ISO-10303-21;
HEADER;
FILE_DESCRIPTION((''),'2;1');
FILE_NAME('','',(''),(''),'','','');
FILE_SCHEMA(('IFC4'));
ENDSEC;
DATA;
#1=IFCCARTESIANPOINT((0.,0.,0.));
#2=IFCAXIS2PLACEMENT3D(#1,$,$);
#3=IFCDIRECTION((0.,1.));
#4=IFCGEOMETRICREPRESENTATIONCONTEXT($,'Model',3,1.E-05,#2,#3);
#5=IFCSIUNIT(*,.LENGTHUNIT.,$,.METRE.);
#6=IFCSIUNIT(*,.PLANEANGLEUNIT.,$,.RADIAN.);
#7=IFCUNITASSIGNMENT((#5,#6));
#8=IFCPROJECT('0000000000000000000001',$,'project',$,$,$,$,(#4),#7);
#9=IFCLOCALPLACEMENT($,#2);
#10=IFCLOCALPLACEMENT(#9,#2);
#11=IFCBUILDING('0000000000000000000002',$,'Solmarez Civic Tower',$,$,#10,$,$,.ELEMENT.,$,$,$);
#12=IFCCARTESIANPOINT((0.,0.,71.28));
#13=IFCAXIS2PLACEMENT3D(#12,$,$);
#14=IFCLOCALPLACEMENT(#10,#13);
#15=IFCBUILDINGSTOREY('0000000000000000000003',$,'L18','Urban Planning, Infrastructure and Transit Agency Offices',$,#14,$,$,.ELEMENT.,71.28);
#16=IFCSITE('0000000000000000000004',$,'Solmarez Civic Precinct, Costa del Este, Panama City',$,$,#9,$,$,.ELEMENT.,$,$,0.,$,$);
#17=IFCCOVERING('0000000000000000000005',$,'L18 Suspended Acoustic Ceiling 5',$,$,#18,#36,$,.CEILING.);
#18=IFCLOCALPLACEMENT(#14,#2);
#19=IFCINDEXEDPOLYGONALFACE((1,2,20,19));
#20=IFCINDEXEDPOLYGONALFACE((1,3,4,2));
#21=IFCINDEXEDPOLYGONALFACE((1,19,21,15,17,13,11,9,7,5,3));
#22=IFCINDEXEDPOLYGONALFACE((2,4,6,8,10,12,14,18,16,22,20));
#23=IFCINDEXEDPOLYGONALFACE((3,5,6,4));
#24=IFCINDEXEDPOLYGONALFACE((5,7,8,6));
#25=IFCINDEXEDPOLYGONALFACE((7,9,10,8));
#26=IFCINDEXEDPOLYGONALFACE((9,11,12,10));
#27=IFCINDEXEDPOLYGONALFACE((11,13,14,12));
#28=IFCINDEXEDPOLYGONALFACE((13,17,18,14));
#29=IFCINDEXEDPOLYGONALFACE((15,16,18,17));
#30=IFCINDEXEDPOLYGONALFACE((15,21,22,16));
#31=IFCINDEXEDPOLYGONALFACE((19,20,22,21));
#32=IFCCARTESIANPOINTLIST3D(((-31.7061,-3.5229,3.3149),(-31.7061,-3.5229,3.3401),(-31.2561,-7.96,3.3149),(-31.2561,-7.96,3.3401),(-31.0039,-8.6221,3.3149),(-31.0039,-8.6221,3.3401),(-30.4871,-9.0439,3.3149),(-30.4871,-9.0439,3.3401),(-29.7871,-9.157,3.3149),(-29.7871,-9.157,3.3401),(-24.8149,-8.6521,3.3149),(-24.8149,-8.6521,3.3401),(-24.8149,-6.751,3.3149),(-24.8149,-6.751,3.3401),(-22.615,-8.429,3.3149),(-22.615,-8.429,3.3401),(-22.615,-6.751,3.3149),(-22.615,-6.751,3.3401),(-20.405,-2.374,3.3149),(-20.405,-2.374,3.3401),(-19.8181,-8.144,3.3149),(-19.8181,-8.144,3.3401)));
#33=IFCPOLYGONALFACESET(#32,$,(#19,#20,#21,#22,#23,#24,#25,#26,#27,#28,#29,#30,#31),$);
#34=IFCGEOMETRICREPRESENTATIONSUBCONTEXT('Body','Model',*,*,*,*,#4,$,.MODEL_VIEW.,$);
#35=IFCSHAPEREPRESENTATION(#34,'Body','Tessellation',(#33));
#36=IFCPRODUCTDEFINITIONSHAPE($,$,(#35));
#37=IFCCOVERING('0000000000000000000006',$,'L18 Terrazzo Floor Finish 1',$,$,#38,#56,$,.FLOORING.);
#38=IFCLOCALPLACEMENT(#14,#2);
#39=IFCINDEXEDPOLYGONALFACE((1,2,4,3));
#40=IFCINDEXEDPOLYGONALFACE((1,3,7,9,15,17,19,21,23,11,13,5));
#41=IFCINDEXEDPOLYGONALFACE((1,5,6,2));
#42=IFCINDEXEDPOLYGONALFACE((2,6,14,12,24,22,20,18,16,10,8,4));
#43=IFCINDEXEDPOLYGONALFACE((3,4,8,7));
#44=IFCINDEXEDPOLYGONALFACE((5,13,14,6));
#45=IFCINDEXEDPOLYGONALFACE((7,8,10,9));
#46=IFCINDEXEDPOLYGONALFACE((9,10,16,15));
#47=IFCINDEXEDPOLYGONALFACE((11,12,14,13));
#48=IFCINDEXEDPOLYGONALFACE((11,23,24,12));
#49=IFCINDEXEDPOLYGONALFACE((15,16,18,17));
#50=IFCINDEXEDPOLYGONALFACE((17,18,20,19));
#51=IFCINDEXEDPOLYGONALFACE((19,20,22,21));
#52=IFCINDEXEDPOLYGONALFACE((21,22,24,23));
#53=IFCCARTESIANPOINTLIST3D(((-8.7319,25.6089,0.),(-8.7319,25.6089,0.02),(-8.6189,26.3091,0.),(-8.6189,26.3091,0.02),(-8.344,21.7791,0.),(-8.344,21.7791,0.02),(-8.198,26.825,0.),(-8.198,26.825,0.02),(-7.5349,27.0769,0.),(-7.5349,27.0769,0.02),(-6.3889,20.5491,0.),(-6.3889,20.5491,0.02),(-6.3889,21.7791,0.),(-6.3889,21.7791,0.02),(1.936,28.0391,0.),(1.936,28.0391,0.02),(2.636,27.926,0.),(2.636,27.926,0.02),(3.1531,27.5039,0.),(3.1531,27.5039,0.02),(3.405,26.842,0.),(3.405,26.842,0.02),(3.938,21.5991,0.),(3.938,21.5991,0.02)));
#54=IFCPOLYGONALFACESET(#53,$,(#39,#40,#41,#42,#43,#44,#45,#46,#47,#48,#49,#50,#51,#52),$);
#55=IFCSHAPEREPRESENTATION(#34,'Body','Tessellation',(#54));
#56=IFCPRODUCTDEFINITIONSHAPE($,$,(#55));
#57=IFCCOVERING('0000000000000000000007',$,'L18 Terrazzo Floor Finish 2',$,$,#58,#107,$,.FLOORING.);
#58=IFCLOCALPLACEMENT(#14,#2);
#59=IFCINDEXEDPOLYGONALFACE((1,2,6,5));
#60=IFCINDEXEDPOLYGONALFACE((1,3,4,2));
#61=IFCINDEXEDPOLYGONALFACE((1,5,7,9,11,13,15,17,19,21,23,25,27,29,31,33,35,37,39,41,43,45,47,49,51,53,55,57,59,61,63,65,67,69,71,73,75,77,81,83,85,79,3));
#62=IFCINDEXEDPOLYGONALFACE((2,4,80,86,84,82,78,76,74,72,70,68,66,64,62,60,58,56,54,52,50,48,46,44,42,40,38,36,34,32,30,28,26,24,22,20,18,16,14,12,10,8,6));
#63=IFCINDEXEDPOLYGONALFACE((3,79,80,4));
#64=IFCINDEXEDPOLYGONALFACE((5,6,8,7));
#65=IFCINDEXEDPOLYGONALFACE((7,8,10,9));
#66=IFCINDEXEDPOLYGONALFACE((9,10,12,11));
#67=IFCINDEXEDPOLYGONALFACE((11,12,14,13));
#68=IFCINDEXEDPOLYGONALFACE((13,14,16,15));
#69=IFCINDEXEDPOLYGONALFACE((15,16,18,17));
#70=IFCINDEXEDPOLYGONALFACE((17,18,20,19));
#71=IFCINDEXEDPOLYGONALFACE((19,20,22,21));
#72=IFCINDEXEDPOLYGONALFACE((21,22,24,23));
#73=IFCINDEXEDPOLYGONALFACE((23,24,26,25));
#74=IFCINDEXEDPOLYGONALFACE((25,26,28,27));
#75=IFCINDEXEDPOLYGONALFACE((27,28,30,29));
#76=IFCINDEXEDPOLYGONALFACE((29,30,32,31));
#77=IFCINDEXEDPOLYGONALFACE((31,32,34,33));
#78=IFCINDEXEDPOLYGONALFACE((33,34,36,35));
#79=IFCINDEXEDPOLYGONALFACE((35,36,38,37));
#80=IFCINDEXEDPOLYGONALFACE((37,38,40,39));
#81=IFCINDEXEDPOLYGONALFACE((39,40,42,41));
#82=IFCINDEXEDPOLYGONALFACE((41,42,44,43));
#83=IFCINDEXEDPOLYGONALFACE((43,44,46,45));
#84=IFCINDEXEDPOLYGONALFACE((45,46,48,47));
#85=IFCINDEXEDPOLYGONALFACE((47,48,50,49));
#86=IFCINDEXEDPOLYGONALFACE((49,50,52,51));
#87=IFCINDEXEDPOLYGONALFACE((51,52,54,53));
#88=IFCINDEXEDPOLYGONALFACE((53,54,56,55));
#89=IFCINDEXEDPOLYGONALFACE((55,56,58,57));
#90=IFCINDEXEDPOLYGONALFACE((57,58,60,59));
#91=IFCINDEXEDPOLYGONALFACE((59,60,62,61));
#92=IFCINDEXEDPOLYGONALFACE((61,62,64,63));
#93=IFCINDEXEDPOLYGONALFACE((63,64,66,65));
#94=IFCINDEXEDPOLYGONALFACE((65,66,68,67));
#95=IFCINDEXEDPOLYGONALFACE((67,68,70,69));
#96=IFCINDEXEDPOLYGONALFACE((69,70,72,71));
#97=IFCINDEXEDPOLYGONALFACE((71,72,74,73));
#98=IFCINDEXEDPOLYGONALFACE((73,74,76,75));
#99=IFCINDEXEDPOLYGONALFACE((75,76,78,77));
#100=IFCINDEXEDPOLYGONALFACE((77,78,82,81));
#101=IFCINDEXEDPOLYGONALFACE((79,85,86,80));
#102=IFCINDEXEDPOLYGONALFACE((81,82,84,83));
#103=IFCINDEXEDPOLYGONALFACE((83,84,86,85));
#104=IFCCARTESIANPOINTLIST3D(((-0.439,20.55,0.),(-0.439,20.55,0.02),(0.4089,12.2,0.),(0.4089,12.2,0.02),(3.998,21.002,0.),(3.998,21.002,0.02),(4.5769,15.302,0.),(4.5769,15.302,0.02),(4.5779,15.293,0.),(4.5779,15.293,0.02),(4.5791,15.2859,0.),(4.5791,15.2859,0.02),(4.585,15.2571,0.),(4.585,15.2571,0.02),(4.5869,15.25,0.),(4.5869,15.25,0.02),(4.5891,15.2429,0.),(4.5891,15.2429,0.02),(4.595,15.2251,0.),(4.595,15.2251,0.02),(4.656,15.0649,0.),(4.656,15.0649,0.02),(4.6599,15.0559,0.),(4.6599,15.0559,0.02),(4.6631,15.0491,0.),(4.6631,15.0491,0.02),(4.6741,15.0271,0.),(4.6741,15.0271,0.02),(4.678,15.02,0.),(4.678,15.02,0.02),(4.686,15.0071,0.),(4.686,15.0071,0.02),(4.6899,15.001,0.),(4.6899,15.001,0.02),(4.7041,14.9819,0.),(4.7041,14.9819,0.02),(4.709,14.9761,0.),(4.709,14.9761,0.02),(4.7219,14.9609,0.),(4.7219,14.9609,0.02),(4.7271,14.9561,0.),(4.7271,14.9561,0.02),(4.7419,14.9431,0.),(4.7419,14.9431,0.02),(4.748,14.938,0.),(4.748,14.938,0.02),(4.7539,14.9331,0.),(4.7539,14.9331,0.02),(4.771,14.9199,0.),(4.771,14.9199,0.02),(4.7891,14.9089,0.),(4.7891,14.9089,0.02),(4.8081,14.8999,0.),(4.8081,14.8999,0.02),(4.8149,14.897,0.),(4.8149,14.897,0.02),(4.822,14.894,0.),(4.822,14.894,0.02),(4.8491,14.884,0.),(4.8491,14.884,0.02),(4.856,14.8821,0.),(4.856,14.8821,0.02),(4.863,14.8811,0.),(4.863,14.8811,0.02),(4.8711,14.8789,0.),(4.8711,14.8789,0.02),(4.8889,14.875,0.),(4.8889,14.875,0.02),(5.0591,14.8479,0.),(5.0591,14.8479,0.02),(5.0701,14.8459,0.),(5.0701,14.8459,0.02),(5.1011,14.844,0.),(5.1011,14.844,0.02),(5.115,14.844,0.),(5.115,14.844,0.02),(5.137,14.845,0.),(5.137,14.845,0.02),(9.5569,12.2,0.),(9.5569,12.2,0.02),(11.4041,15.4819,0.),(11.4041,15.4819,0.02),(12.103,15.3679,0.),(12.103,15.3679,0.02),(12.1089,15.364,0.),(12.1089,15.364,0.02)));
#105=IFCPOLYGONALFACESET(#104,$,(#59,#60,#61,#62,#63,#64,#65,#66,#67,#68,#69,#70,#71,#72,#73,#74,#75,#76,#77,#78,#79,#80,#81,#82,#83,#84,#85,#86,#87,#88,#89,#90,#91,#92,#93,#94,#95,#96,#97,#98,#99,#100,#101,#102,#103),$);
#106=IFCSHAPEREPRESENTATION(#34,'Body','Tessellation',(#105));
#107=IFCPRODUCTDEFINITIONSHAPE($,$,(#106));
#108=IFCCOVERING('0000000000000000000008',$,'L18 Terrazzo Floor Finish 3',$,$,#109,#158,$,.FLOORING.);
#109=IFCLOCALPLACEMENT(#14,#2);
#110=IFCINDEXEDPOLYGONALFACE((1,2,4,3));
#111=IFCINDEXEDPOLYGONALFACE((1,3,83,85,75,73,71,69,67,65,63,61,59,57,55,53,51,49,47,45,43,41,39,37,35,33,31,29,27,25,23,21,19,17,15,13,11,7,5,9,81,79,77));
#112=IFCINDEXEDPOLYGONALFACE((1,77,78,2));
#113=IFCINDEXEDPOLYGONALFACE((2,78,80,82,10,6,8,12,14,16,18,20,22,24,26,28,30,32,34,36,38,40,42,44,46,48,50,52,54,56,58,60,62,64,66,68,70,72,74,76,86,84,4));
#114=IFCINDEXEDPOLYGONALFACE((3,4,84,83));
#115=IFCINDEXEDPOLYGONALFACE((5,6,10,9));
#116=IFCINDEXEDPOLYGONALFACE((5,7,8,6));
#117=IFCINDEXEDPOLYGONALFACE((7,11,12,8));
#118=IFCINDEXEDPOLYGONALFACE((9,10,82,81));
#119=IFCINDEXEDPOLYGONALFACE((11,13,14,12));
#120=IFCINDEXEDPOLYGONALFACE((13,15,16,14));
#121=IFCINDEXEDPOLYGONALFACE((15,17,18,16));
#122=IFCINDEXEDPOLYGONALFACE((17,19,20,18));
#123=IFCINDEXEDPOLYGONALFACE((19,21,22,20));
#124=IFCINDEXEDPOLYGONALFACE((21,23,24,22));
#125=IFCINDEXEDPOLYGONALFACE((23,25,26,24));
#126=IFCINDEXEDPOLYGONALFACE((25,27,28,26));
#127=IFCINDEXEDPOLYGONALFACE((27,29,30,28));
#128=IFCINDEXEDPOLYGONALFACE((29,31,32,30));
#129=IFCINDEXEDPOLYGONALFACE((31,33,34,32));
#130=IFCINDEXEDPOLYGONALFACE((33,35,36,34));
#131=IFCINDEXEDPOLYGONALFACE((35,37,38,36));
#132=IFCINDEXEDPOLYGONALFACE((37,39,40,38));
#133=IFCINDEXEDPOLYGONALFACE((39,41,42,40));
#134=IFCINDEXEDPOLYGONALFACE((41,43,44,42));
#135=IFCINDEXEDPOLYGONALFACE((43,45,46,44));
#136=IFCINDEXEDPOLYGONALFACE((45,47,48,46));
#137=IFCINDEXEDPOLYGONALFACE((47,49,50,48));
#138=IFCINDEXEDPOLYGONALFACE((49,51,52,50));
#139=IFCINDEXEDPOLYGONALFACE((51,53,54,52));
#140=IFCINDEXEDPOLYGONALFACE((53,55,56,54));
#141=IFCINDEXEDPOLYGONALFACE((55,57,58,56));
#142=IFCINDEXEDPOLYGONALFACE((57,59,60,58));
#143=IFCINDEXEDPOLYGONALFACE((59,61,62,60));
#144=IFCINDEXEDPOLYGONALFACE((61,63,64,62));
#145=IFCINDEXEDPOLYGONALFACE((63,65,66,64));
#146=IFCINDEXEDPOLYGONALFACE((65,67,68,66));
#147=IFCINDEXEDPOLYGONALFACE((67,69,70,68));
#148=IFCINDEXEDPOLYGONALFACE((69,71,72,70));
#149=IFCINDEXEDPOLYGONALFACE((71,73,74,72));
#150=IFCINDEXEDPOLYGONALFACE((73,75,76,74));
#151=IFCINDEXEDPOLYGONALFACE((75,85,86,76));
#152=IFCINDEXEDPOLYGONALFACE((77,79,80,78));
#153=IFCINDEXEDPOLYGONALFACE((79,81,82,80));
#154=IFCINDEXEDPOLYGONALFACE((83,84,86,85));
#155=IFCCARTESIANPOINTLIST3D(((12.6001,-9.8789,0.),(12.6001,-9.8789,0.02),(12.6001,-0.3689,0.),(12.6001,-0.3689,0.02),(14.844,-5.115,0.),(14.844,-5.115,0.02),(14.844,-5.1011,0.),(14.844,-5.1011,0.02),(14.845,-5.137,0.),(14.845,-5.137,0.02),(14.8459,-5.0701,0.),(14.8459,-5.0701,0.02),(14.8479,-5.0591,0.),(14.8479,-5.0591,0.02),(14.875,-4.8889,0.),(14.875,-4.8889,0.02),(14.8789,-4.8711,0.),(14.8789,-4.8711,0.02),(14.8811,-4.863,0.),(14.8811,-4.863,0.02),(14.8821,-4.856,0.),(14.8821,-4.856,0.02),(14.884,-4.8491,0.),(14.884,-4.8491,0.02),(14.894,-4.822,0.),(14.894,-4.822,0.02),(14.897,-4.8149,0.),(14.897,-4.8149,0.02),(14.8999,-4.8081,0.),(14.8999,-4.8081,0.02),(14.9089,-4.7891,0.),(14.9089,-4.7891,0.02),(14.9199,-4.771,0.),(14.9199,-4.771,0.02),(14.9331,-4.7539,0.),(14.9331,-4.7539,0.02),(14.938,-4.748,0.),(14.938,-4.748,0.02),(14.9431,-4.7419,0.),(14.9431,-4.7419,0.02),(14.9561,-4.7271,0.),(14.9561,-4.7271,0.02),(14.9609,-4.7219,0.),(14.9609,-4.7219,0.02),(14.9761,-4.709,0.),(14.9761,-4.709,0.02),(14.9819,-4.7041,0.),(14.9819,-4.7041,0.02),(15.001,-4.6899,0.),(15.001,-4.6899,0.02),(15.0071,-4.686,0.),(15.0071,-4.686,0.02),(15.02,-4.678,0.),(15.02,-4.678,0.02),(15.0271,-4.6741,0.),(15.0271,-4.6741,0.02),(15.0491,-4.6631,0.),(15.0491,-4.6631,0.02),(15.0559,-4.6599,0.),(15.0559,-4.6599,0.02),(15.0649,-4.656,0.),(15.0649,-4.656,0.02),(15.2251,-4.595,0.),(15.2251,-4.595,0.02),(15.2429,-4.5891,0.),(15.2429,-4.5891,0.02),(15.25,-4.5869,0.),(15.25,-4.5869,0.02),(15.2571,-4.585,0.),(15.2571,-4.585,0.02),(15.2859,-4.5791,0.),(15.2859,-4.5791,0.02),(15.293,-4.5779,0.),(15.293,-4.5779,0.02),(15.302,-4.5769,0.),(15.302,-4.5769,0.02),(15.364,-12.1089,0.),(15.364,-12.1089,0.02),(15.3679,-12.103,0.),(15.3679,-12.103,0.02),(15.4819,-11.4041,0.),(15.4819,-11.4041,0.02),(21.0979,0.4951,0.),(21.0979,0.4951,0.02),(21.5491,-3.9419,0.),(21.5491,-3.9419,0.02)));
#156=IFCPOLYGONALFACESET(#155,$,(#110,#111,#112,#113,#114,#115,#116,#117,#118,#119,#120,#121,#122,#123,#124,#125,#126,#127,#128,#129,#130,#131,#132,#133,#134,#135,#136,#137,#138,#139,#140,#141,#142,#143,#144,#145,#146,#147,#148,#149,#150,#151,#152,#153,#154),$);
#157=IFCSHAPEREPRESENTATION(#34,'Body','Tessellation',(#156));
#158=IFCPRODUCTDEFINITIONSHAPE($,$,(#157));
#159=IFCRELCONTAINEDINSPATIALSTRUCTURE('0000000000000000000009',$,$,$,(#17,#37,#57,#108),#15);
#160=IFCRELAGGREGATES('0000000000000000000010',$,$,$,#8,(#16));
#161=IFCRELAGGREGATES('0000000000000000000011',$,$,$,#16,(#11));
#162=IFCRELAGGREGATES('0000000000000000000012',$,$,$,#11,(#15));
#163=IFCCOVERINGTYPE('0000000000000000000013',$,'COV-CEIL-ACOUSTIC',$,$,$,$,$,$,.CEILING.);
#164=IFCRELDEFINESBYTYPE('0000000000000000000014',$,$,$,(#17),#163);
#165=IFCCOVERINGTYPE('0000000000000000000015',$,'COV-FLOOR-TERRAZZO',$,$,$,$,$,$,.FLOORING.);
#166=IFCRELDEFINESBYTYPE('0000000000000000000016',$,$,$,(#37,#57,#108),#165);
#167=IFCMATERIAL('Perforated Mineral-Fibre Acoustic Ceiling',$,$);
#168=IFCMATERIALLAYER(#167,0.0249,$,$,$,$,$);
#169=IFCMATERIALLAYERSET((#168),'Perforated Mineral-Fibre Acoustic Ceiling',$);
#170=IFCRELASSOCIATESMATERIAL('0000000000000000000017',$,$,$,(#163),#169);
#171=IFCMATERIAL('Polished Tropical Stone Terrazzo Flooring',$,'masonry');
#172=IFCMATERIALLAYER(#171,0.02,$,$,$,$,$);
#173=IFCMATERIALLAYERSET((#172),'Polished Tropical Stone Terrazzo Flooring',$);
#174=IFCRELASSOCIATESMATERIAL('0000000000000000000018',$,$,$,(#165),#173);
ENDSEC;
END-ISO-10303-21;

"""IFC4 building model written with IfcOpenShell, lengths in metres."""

from ifc_helpers import new_model, si_unit, direction, frame, origin, place, context, subcontext, project, spatial, polyline, outline, extrude, material, layer, layer_set, type_object, element, save


model = new_model("IFC4")

# Units and contexts
model_context = context("Model", 3, precision=1e-05, world=origin(), true_north=direction((0.0, 1.0)))
body_context = subcontext(model_context, "Body", "Model", "MODEL_VIEW")
ifc_project = project(units=[si_unit("LENGTHUNIT", "METRE"), si_unit("PLANEANGLEUNIT", "RADIAN")], contexts=[model_context])

# Site, building, storey
site_placement = place(None, origin())
site = spatial("IfcSite", under=ifc_project, at=site_placement, Name="Solmarez Civic Precinct, Costa del Este, Panama City", CompositionType="ELEMENT", RefElevation=0.0)
building_placement = place(site_placement, origin())
building = spatial("IfcBuilding", under=site, at=building_placement, Name="Solmarez Civic Tower", CompositionType="ELEMENT")
storey_placement = place(building_placement, frame((0.0, 0.0, 71.28)))
storey = spatial("IfcBuildingStorey", under=building, at=storey_placement, Name="L18", Description="Urban Planning, Infrastructure and Transit Agency Offices", CompositionType="ELEMENT", Elevation=71.28)

# Coverings
ifc_material_1 = material(Name="Perforated Mineral-Fibre Acoustic Ceiling")
ifc_layer_1 = layer(ifc_material_1, 0.0249)
ifc_layer_set_1 = layer_set([ifc_layer_1], Name="Perforated Mineral-Fibre Acoustic Ceiling")
covering_type_1 = type_object("IfcCoveringType", Name="COV-CEIL-ACOUSTIC", PredefinedType="CEILING", material=ifc_layer_set_1)
covering_1_placement = place(storey_placement, frame((0.0, 0.0, 3.3149)))
element("IfcCovering", 1, at=covering_1_placement, inside=storey, type_object=covering_type_1, Name="L18 Suspended Acoustic Ceiling 5", PredefinedType="CEILING", context=body_context, shape_type="SweptSolid", body=[
    extrude(outline(polyline([(-31.7061, -3.5229), (-31.2561, -7.96), (-31.0039, -8.6221), (-30.4871, -9.0439), (-29.7871, -9.157), (-24.8149, -8.6521), (-24.8149, -6.751), (-22.615, -6.751), (-22.615, -8.429), (-19.8181, -8.144), (-20.405, -2.374), (-31.7061, -3.5229)])), origin(), (0.0, 0.0, 1.0), 0.0251),
])
ifc_material_2 = material(Name="Polished Tropical Stone Terrazzo Flooring", Category="masonry")
ifc_layer_2 = layer(ifc_material_2, 0.02)
ifc_layer_set_2 = layer_set([ifc_layer_2], Name="Polished Tropical Stone Terrazzo Flooring")
covering_type_2 = type_object("IfcCoveringType", Name="COV-FLOOR-TERRAZZO", PredefinedType="FLOORING", material=ifc_layer_set_2)
covering_2_placement = place(storey_placement, origin())
element("IfcCovering", 2, at=covering_2_placement, inside=storey, type_object=covering_type_2, Name="L18 Terrazzo Floor Finish 1", PredefinedType="FLOORING", context=body_context, shape_type="SweptSolid", body=[
    extrude(outline(polyline([(3.938, 21.5991), (3.405, 26.842), (3.1531, 27.5039), (2.636, 27.926), (1.936, 28.0391), (-7.5349, 27.0769), (-8.198, 26.825), (-8.6189, 26.3091), (-8.7319, 25.6089), (-8.344, 21.7791), (-6.3889, 21.7791), (-6.3889, 20.5491), (3.938, 21.5991)])), origin(), (0.0, 0.0, 1.0), 0.02),
])
covering_3_placement = place(storey_placement, origin())
element("IfcCovering", 3, at=covering_3_placement, inside=storey, type_object=covering_type_2, Name="L18 Terrazzo Floor Finish 2", PredefinedType="FLOORING", context=body_context, shape_type="SweptSolid", body=[
    extrude(outline(polyline([(0.4089, 12.2), (9.5569, 12.2), (12.1089, 15.364), (12.103, 15.3679), (11.4041, 15.4819), (5.137, 14.845), (5.115, 14.844), (5.1011, 14.844), (5.0701, 14.8459), (5.0591, 14.8479), (4.8889, 14.875), (4.8711, 14.8789), (4.863, 14.8811), (4.856, 14.8821), (4.8491, 14.884), (4.822, 14.894), (4.8149, 14.897), (4.8081, 14.8999), (4.7891, 14.9089), (4.771, 14.9199), (4.7539, 14.9331), (4.748, 14.938), (4.7419, 14.9431), (4.7271, 14.9561), (4.7219, 14.9609), (4.709, 14.9761), (4.7041, 14.9819), (4.6899, 15.001), (4.686, 15.0071), (4.678, 15.02), (4.6741, 15.0271), (4.6631, 15.0491), (4.6599, 15.0559), (4.656, 15.0649), (4.595, 15.2251), (4.5891, 15.2429), (4.5869, 15.25), (4.585, 15.2571), (4.5791, 15.2859), (4.5779, 15.293), (4.5769, 15.302), (3.998, 21.002), (-0.439, 20.55), (0.4089, 12.2)])), origin(), (0.0, 0.0, 1.0), 0.02),
])
covering_4_placement = place(storey_placement, origin())
element("IfcCovering", 4, at=covering_4_placement, inside=storey, type_object=covering_type_2, Name="L18 Terrazzo Floor Finish 3", PredefinedType="FLOORING", context=body_context, shape_type="SweptSolid", body=[
    extrude(outline(polyline([(12.6001, -0.3689), (12.6001, -9.8789), (15.364, -12.1089), (15.3679, -12.103), (15.4819, -11.4041), (14.845, -5.137), (14.844, -5.115), (14.844, -5.1011), (14.8459, -5.0701), (14.8479, -5.0591), (14.875, -4.8889), (14.8789, -4.8711), (14.8811, -4.863), (14.8821, -4.856), (14.884, -4.8491), (14.894, -4.822), (14.897, -4.8149), (14.8999, -4.8081), (14.9089, -4.7891), (14.9199, -4.771), (14.9331, -4.7539), (14.938, -4.748), (14.9431, -4.7419), (14.9561, -4.7271), (14.9609, -4.7219), (14.9761, -4.709), (14.9819, -4.7041), (15.001, -4.6899), (15.0071, -4.686), (15.02, -4.678), (15.0271, -4.6741), (15.0491, -4.6631), (15.0559, -4.6599), (15.0649, -4.656), (15.2251, -4.595), (15.2429, -4.5891), (15.25, -4.5869), (15.2571, -4.585), (15.2859, -4.5791), (15.293, -4.5779), (15.302, -4.5769), (21.5491, -3.9419), (21.0979, 0.4951), (12.6001, -0.3689)])), origin(), (0.0, 0.0, 1.0), 0.02),
])

save(model, "model.ifc")
